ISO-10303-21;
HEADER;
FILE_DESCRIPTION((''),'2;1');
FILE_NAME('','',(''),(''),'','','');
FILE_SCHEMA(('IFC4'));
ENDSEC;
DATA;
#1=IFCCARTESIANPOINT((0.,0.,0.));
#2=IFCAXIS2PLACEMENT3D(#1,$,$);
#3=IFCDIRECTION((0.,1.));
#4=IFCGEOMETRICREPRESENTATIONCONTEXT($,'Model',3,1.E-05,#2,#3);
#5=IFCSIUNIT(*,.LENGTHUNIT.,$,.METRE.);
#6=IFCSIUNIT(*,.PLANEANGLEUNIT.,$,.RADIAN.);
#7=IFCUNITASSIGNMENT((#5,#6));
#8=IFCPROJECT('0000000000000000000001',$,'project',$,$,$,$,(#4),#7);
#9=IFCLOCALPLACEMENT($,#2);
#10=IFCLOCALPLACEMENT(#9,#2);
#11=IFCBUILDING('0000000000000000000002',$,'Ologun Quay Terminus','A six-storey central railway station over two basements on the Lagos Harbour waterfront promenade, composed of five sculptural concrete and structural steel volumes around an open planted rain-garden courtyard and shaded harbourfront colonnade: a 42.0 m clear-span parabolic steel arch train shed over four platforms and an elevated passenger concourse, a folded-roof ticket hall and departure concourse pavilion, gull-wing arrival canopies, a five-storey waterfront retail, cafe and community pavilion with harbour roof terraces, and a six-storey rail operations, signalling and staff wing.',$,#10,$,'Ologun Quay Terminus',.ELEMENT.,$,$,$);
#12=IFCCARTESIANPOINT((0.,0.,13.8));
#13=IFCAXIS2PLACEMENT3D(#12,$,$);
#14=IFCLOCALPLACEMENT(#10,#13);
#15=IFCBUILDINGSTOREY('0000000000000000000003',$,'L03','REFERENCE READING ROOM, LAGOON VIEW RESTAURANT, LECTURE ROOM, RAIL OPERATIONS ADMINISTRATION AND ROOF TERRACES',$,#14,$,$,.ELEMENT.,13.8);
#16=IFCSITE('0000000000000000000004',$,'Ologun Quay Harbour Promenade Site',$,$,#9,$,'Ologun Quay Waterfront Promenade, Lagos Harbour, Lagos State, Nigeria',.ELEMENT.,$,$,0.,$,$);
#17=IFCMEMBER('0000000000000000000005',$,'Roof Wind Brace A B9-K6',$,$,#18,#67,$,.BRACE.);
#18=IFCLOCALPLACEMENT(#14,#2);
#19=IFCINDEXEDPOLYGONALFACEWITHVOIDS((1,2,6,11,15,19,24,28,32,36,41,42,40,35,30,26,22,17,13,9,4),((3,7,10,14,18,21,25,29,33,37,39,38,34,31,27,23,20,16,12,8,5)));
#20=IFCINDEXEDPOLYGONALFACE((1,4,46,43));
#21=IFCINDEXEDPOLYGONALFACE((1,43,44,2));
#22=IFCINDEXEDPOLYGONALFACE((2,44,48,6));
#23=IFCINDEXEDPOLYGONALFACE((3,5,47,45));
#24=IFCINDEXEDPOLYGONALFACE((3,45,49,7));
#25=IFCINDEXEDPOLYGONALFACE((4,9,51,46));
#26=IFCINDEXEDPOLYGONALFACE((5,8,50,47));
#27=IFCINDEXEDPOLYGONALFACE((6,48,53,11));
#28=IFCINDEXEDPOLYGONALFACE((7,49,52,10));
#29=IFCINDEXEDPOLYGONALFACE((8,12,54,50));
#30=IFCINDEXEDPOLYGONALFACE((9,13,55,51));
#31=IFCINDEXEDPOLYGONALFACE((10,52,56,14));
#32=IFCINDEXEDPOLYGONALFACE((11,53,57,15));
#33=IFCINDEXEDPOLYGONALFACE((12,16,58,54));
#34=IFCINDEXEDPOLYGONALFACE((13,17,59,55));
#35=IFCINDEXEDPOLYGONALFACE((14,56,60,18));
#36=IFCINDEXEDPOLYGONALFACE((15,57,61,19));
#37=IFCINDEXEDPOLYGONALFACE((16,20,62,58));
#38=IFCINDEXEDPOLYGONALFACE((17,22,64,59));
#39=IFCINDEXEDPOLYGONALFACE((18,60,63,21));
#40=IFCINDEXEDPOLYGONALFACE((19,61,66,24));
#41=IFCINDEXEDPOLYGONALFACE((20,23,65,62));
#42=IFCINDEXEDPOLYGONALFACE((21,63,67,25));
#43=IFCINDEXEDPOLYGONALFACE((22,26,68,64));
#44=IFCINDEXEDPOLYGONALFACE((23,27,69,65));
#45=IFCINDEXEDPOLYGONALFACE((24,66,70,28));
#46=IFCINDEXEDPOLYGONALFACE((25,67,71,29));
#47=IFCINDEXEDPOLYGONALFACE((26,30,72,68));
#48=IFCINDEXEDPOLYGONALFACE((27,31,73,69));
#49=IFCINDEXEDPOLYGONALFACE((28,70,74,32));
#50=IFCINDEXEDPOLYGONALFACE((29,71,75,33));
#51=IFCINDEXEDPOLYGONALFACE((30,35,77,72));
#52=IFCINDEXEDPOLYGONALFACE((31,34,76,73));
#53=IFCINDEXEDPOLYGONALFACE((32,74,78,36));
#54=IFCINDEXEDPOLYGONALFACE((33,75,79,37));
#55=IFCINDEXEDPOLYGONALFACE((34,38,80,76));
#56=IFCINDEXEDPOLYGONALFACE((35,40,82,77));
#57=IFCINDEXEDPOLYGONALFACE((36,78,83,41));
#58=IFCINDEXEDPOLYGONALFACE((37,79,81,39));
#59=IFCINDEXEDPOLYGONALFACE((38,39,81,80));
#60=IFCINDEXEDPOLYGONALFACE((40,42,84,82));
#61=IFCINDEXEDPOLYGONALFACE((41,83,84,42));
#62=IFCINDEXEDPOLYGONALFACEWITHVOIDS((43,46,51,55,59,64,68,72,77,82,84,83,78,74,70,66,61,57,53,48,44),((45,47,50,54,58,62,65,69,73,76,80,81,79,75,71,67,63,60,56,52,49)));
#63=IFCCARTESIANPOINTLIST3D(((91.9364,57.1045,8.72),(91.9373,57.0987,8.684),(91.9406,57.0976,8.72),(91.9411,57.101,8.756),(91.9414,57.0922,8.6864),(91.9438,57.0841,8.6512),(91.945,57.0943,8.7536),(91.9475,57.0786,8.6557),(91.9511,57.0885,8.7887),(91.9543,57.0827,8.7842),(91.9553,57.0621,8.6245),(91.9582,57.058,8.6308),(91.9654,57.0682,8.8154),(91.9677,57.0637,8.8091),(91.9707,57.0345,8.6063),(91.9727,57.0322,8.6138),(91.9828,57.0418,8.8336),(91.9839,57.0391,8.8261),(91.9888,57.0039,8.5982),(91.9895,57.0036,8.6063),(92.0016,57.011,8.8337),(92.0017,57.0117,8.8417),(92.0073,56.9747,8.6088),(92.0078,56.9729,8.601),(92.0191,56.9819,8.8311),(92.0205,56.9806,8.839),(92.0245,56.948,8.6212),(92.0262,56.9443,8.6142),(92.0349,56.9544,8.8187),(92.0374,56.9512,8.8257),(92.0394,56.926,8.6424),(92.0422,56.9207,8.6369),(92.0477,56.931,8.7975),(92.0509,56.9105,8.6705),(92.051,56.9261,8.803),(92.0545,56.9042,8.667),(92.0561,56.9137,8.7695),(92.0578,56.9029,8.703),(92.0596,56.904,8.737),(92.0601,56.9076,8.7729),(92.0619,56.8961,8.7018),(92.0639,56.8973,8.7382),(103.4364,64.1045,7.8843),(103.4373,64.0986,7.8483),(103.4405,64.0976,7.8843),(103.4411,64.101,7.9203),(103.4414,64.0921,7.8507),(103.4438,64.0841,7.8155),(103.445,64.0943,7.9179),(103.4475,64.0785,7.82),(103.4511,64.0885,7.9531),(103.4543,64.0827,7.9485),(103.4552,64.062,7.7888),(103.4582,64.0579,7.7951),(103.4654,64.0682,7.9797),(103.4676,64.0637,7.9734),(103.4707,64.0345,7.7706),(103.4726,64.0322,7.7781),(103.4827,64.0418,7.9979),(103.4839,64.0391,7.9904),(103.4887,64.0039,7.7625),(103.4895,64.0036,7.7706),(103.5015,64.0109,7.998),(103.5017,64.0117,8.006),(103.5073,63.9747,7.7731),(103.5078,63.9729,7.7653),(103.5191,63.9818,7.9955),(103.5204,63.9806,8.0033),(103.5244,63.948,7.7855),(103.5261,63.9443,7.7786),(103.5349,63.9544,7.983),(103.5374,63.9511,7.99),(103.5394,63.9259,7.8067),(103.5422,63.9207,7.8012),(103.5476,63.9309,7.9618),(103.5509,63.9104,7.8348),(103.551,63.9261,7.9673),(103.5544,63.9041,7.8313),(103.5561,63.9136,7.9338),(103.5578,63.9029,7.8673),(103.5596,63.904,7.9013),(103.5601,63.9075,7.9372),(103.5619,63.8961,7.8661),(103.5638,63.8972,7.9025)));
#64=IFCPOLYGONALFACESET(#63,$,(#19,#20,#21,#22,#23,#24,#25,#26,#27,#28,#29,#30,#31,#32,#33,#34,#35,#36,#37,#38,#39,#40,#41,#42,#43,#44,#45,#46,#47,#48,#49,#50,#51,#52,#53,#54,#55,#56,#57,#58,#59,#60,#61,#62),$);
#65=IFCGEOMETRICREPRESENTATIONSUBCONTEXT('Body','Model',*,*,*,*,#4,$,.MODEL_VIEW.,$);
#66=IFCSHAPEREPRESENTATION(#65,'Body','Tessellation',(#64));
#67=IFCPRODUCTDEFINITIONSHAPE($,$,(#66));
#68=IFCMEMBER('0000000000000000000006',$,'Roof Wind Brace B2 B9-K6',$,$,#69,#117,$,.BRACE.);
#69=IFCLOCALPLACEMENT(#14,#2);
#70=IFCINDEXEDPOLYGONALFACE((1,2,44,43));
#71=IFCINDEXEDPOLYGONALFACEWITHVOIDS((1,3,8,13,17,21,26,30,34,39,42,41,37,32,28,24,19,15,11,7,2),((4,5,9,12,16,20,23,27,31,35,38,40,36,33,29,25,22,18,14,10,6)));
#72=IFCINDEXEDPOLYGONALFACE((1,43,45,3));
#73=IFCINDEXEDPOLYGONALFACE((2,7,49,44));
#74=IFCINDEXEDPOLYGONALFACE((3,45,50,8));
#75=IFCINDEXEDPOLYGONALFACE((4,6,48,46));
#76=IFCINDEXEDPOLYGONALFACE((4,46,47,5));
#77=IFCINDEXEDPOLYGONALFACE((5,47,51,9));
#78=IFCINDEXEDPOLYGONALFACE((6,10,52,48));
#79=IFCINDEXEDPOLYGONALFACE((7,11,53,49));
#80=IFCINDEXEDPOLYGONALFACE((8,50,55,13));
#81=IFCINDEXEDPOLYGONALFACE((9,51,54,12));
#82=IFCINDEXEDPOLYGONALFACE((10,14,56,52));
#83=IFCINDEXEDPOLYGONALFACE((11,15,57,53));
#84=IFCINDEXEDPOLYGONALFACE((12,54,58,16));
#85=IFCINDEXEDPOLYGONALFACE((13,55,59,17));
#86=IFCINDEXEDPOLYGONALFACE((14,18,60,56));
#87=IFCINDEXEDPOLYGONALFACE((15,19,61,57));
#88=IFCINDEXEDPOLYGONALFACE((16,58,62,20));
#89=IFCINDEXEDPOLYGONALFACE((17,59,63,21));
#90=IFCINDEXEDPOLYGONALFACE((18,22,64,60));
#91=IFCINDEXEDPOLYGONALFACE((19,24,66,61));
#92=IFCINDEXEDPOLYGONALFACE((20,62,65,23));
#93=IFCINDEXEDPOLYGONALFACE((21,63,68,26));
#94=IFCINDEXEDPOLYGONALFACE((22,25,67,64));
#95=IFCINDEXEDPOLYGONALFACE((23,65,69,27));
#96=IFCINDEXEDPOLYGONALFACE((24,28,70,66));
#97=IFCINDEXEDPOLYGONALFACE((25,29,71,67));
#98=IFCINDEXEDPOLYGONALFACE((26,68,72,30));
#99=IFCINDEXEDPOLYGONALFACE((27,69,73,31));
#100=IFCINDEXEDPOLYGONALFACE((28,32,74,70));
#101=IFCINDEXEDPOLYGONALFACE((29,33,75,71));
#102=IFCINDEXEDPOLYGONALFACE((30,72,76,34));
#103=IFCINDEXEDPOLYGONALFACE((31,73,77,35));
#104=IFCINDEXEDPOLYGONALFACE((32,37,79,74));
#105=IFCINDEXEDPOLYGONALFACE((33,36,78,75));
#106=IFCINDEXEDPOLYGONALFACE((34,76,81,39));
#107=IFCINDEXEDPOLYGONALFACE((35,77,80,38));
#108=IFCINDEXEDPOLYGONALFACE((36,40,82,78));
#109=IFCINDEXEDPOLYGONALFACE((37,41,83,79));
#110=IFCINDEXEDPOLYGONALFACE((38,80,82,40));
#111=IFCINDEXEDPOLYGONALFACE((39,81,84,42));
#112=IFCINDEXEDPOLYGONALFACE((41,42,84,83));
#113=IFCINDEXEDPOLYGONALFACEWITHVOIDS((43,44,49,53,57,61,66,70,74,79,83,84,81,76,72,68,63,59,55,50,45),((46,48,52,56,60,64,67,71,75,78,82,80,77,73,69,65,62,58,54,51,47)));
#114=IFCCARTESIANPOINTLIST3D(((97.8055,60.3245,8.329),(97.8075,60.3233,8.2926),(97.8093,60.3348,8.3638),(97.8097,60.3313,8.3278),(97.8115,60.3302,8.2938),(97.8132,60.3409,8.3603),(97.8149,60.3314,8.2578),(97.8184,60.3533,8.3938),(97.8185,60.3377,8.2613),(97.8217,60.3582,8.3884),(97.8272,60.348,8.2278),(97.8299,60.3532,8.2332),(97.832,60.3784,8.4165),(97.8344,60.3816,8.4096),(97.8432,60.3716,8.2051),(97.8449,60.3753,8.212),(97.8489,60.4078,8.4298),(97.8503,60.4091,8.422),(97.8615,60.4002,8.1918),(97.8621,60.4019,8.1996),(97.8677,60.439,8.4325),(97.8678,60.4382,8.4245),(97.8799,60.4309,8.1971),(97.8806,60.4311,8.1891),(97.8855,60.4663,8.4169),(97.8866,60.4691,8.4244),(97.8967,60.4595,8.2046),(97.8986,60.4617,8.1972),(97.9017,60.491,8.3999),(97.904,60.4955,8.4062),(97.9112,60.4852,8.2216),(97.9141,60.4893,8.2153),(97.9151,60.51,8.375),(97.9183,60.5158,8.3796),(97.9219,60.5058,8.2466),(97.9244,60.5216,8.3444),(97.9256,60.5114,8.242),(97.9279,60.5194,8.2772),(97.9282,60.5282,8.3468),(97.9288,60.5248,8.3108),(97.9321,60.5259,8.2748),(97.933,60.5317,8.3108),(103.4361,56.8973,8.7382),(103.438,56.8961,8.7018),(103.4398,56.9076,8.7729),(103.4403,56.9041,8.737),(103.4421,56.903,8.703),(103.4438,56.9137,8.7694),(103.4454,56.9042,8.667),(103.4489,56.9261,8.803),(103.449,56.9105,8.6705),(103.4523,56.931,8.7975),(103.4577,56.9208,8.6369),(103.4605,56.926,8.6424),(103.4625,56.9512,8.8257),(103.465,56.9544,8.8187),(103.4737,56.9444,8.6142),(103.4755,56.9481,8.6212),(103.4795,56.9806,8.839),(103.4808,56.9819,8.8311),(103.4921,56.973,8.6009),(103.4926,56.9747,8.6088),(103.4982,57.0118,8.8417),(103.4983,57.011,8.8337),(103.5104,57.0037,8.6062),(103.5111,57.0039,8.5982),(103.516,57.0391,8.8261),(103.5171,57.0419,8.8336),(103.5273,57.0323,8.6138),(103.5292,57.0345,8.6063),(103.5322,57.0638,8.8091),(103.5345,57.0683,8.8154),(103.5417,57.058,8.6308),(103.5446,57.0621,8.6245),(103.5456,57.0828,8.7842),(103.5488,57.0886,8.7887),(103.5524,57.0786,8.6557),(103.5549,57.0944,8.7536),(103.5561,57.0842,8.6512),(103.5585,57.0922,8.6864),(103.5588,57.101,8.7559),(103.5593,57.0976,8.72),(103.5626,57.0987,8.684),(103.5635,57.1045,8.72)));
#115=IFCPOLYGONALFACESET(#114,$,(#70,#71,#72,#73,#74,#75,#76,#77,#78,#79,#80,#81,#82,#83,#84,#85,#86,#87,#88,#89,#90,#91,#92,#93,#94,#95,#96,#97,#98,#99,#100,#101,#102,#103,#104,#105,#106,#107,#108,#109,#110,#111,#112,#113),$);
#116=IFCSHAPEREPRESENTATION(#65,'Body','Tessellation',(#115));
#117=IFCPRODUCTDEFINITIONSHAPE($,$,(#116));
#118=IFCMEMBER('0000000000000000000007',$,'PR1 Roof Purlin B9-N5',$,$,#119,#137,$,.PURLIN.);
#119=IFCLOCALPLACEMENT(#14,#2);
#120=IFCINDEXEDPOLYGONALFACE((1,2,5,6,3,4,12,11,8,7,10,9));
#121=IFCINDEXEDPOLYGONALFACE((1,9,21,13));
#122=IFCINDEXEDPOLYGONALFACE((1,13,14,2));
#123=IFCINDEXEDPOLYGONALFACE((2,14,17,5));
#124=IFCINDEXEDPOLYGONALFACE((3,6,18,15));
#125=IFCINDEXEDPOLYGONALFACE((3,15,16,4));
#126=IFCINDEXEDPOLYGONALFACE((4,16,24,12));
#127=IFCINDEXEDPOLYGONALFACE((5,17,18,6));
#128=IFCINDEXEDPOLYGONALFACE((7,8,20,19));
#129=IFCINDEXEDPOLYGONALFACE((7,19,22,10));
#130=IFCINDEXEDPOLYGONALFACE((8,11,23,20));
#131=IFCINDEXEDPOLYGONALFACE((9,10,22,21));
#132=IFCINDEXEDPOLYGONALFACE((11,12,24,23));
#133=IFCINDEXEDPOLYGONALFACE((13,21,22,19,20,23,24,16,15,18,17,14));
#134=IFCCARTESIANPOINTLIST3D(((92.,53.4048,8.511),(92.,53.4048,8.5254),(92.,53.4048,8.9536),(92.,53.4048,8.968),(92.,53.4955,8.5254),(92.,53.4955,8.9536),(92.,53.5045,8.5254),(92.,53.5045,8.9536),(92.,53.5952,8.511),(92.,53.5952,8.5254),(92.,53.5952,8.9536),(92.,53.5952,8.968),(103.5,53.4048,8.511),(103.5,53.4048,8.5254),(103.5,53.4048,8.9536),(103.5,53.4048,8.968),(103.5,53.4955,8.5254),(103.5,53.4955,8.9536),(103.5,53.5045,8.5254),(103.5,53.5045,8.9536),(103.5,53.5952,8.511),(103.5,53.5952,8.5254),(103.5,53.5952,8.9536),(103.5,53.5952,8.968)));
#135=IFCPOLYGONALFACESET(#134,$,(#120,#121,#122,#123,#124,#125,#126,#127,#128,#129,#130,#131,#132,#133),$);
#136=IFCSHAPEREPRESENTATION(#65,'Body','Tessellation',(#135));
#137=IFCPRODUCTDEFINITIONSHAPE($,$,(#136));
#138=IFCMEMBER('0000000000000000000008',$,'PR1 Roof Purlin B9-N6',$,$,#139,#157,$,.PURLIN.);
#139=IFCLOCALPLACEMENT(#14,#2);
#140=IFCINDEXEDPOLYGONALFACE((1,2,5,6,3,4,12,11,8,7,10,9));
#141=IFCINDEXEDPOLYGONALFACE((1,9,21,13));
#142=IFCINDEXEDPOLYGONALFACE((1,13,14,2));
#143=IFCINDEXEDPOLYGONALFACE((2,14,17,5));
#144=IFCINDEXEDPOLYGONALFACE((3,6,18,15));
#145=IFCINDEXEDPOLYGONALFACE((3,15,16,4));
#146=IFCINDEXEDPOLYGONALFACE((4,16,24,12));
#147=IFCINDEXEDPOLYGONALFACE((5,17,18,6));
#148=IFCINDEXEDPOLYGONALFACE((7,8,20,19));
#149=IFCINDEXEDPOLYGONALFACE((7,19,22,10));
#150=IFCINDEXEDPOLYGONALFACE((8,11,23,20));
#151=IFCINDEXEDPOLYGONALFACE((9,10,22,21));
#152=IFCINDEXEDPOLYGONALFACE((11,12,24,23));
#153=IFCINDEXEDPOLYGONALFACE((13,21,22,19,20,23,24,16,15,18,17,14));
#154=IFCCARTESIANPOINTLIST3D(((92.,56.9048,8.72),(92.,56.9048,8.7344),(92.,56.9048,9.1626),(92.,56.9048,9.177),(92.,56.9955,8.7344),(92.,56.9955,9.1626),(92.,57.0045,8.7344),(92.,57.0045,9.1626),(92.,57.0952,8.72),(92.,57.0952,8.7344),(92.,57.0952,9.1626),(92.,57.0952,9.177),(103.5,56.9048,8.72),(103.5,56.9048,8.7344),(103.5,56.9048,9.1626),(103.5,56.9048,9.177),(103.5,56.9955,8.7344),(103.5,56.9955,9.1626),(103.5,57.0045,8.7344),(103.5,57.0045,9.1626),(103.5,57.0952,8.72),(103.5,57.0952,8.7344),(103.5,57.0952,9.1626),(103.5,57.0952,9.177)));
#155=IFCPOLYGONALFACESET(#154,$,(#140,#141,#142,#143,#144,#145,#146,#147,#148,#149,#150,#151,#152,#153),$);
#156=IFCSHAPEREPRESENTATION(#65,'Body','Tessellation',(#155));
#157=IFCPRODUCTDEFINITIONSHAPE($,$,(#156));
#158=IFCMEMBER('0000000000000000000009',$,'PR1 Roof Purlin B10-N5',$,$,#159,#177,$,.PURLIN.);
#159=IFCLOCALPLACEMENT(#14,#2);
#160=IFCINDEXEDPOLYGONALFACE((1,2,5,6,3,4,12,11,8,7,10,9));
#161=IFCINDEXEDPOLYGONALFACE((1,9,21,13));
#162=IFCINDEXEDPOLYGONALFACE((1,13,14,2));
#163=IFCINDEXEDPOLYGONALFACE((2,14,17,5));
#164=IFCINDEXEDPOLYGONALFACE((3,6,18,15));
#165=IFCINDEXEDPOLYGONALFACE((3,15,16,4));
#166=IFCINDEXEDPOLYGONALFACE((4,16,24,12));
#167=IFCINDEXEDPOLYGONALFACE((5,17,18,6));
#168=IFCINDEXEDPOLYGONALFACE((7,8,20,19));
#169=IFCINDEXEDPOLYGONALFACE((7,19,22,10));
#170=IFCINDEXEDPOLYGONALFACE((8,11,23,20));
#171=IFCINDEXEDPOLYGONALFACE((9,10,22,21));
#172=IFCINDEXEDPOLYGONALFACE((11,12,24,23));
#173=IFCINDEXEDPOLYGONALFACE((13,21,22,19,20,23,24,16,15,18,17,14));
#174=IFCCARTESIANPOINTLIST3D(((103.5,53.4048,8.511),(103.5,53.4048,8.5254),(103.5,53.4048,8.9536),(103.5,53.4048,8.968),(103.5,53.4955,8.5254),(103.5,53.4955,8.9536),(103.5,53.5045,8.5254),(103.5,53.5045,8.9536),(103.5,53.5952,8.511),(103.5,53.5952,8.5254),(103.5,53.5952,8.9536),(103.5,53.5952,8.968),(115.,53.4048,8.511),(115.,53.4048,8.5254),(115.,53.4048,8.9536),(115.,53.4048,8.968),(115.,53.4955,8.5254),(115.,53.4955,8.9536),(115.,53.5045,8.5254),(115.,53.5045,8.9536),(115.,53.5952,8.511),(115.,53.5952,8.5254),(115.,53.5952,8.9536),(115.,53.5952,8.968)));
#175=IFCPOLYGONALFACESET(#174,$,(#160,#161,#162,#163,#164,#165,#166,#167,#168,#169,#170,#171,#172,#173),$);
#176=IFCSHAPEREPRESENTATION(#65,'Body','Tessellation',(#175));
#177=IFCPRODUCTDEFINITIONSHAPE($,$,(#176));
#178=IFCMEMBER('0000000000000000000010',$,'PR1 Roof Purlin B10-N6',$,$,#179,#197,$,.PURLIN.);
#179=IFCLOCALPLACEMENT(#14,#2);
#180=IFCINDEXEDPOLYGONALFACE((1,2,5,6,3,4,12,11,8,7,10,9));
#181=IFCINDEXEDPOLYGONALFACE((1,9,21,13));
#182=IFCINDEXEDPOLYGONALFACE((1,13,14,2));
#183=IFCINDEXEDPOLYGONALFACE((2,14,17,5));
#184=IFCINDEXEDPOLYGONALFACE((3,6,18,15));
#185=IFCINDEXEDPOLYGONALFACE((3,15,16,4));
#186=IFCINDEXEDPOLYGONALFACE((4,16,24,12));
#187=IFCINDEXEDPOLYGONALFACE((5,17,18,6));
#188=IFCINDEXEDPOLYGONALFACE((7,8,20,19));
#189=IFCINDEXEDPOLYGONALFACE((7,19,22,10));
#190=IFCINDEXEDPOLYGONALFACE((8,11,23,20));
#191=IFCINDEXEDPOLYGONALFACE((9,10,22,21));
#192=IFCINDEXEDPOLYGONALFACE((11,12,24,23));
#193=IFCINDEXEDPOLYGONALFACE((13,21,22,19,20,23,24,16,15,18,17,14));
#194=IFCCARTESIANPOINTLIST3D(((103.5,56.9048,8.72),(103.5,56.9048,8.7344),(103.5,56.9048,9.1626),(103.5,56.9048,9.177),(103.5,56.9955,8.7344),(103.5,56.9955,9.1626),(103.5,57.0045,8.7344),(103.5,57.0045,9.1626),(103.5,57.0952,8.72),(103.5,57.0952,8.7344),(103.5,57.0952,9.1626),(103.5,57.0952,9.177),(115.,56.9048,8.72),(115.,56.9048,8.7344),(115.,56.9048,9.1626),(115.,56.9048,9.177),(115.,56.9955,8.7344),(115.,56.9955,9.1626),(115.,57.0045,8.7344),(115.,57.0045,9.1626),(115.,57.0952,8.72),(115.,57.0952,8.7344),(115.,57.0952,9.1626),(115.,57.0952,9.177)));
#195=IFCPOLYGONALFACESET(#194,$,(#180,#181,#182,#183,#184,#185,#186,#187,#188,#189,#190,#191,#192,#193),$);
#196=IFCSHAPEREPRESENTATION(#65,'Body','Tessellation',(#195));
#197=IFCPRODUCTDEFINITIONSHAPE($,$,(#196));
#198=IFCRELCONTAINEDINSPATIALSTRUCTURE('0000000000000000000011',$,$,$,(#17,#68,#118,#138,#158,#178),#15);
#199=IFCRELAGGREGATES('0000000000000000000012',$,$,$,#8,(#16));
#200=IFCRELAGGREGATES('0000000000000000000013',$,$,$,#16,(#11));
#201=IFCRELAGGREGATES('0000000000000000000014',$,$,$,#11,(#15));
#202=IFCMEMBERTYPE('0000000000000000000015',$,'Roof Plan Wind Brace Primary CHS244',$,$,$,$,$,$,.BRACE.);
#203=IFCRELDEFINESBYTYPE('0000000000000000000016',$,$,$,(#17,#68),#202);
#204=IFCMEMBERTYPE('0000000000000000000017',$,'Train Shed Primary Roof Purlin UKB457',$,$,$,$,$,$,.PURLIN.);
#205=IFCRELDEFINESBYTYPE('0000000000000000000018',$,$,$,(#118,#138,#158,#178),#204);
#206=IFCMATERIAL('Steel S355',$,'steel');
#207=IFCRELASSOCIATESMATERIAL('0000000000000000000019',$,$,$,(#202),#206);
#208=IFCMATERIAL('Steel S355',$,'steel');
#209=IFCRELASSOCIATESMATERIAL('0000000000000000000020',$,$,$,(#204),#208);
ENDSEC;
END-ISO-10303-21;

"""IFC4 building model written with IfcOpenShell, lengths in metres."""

from ifc_helpers import new_model, si_unit, direction, frame, origin, origin_2d, place, context, subcontext, project, spatial, hollow_circle, i_section, extrude, material, material_profile, profile_set, type_object, element, save


model = new_model("IFC4")

# Units and contexts
model_context = context("Model", 3, precision=1e-05, world=origin(), true_north=direction((0.0, 1.0)))
body_context = subcontext(model_context, "Body", "Model", "MODEL_VIEW")
ifc_project = project(units=[si_unit("LENGTHUNIT", "METRE"), si_unit("PLANEANGLEUNIT", "RADIAN")], contexts=[model_context])

# Site, building, storey
site_placement = place(None, origin())
site = spatial("IfcSite", under=ifc_project, at=site_placement, Name="Ologun Quay Harbour Promenade Site", LongName="Ologun Quay Waterfront Promenade, Lagos Harbour, Lagos State, Nigeria", CompositionType="ELEMENT", RefElevation=0.0)
building_placement = place(site_placement, origin())
building = spatial("IfcBuilding", under=site, at=building_placement, Name="Ologun Quay Terminus", Description="A six-storey central railway station over two basements on the Lagos Harbour waterfront promenade, composed of five sculptural concrete and structural steel volumes around an open planted rain-garden courtyard and shaded harbourfront colonnade: a 42.0 m clear-span parabolic steel arch train shed over four platforms and an elevated passenger concourse, a folded-roof ticket hall and departure concourse pavilion, gull-wing arrival canopies, a five-storey waterfront retail, cafe and community pavilion with harbour roof terraces, and a six-storey rail operations, signalling and staff wing.", LongName="Ologun Quay Terminus", CompositionType="ELEMENT")
storey_placement = place(building_placement, frame((0.0, 0.0, 13.8)))
storey = spatial("IfcBuildingStorey", under=building, at=storey_placement, Name="L03", Description="REFERENCE READING ROOM, LAGOON VIEW RESTAURANT, LECTURE ROOM, RAIL OPERATIONS ADMINISTRATION AND ROOF TERRACES", CompositionType="ELEMENT", Elevation=13.8)

# Members
ifc_material_1 = material(Name="Steel S355", Category="steel")
ifc_material_profile_1 = material_profile(ifc_material_1, hollow_circle(Radius=0.1223, WallThickness=0.0081, at=origin_2d()), Name="CHS 244.5x8")
ifc_profile_set_1 = profile_set([ifc_material_profile_1], Name="Steel S355")
member_type_1 = type_object("IfcMemberType", Name="Roof Plan Wind Brace Primary CHS244", PredefinedType="BRACE", material=ifc_profile_set_1)
member_1_placement = place(storey_placement, frame((92.0, 57.0, 8.72), z_axis=(0.852558, 0.518948, -0.061954), x_axis=(-0.519947, 0.854199, 0.0)))
element("IfcMember", 1, at=member_1_placement, inside=storey, type_object=member_type_1, Name="Roof Wind Brace A B9-K6", PredefinedType="BRACE", context=body_context, shape_type="SweptSolid", body=[
    extrude(hollow_circle(Radius=0.1223, WallThickness=0.0081, at=origin_2d()), origin(), (0.0, 0.0, 1.0), 13.4888),
])
member_2_placement = place(storey_placement, frame((97.8694, 60.4272, 8.3108), z_axis=(0.852563, -0.518939, 0.061956), x_axis=(0.519938, 0.854204, 0.0)))
element("IfcMember", 2, at=member_2_placement, inside=storey, type_object=member_type_1, Name="Roof Wind Brace B2 B9-K6", PredefinedType="BRACE", context=body_context, shape_type="SweptSolid", body=[
    extrude(hollow_circle(Radius=0.1223, WallThickness=0.0081, at=origin_2d()), origin(), (0.0, 0.0, 1.0), 6.6042),
])
ifc_material_2 = material(Name="Steel S355", Category="steel")
ifc_material_profile_2 = material_profile(ifc_material_2, i_section(OverallWidth=0.1904, OverallDepth=0.457, WebThickness=0.009, FlangeThickness=0.0144, at=origin_2d()), Name="UKB 457x191x74")
ifc_profile_set_2 = profile_set([ifc_material_profile_2], Name="Steel S355")
member_type_2 = type_object("IfcMemberType", Name="Train Shed Primary Roof Purlin UKB457", PredefinedType="PURLIN", material=ifc_profile_set_2)
for number, where, z_axis, x_axis, name in (
    (3, (92.0, 53.5, 8.7395), (1.0, 0.0, 0.0), (0.0, 1.0, 0.0), "PR1 Roof Purlin B9-N5"),
    (4, (92.0, 57.0, 8.9485), (1.0, 0.0, 0.0), (0.0, 1.0, 0.0), "PR1 Roof Purlin B9-N6"),
    (5, (103.5, 53.5, 8.7395), (1.0, 0.0, 0.0), (0.0, 1.0, 0.0), "PR1 Roof Purlin B10-N5"),
    (6, (103.5, 57.0, 8.9485), (1.0, 0.0, 0.0), (0.0, 1.0, 0.0), "PR1 Roof Purlin B10-N6"),
):
    element("IfcMember", number, at=place(storey_placement, frame(where, z_axis=z_axis, x_axis=x_axis)), inside=storey, type_object=member_type_2, Name=name, PredefinedType="PURLIN", context=body_context, shape_type="SweptSolid", body=[
        extrude(i_section(OverallWidth=0.1904, OverallDepth=0.457, WebThickness=0.009, FlangeThickness=0.0144, at=origin_2d()), origin(), (0.0, 0.0, 1.0), 11.5),
    ])

save(model, "model.ifc")
